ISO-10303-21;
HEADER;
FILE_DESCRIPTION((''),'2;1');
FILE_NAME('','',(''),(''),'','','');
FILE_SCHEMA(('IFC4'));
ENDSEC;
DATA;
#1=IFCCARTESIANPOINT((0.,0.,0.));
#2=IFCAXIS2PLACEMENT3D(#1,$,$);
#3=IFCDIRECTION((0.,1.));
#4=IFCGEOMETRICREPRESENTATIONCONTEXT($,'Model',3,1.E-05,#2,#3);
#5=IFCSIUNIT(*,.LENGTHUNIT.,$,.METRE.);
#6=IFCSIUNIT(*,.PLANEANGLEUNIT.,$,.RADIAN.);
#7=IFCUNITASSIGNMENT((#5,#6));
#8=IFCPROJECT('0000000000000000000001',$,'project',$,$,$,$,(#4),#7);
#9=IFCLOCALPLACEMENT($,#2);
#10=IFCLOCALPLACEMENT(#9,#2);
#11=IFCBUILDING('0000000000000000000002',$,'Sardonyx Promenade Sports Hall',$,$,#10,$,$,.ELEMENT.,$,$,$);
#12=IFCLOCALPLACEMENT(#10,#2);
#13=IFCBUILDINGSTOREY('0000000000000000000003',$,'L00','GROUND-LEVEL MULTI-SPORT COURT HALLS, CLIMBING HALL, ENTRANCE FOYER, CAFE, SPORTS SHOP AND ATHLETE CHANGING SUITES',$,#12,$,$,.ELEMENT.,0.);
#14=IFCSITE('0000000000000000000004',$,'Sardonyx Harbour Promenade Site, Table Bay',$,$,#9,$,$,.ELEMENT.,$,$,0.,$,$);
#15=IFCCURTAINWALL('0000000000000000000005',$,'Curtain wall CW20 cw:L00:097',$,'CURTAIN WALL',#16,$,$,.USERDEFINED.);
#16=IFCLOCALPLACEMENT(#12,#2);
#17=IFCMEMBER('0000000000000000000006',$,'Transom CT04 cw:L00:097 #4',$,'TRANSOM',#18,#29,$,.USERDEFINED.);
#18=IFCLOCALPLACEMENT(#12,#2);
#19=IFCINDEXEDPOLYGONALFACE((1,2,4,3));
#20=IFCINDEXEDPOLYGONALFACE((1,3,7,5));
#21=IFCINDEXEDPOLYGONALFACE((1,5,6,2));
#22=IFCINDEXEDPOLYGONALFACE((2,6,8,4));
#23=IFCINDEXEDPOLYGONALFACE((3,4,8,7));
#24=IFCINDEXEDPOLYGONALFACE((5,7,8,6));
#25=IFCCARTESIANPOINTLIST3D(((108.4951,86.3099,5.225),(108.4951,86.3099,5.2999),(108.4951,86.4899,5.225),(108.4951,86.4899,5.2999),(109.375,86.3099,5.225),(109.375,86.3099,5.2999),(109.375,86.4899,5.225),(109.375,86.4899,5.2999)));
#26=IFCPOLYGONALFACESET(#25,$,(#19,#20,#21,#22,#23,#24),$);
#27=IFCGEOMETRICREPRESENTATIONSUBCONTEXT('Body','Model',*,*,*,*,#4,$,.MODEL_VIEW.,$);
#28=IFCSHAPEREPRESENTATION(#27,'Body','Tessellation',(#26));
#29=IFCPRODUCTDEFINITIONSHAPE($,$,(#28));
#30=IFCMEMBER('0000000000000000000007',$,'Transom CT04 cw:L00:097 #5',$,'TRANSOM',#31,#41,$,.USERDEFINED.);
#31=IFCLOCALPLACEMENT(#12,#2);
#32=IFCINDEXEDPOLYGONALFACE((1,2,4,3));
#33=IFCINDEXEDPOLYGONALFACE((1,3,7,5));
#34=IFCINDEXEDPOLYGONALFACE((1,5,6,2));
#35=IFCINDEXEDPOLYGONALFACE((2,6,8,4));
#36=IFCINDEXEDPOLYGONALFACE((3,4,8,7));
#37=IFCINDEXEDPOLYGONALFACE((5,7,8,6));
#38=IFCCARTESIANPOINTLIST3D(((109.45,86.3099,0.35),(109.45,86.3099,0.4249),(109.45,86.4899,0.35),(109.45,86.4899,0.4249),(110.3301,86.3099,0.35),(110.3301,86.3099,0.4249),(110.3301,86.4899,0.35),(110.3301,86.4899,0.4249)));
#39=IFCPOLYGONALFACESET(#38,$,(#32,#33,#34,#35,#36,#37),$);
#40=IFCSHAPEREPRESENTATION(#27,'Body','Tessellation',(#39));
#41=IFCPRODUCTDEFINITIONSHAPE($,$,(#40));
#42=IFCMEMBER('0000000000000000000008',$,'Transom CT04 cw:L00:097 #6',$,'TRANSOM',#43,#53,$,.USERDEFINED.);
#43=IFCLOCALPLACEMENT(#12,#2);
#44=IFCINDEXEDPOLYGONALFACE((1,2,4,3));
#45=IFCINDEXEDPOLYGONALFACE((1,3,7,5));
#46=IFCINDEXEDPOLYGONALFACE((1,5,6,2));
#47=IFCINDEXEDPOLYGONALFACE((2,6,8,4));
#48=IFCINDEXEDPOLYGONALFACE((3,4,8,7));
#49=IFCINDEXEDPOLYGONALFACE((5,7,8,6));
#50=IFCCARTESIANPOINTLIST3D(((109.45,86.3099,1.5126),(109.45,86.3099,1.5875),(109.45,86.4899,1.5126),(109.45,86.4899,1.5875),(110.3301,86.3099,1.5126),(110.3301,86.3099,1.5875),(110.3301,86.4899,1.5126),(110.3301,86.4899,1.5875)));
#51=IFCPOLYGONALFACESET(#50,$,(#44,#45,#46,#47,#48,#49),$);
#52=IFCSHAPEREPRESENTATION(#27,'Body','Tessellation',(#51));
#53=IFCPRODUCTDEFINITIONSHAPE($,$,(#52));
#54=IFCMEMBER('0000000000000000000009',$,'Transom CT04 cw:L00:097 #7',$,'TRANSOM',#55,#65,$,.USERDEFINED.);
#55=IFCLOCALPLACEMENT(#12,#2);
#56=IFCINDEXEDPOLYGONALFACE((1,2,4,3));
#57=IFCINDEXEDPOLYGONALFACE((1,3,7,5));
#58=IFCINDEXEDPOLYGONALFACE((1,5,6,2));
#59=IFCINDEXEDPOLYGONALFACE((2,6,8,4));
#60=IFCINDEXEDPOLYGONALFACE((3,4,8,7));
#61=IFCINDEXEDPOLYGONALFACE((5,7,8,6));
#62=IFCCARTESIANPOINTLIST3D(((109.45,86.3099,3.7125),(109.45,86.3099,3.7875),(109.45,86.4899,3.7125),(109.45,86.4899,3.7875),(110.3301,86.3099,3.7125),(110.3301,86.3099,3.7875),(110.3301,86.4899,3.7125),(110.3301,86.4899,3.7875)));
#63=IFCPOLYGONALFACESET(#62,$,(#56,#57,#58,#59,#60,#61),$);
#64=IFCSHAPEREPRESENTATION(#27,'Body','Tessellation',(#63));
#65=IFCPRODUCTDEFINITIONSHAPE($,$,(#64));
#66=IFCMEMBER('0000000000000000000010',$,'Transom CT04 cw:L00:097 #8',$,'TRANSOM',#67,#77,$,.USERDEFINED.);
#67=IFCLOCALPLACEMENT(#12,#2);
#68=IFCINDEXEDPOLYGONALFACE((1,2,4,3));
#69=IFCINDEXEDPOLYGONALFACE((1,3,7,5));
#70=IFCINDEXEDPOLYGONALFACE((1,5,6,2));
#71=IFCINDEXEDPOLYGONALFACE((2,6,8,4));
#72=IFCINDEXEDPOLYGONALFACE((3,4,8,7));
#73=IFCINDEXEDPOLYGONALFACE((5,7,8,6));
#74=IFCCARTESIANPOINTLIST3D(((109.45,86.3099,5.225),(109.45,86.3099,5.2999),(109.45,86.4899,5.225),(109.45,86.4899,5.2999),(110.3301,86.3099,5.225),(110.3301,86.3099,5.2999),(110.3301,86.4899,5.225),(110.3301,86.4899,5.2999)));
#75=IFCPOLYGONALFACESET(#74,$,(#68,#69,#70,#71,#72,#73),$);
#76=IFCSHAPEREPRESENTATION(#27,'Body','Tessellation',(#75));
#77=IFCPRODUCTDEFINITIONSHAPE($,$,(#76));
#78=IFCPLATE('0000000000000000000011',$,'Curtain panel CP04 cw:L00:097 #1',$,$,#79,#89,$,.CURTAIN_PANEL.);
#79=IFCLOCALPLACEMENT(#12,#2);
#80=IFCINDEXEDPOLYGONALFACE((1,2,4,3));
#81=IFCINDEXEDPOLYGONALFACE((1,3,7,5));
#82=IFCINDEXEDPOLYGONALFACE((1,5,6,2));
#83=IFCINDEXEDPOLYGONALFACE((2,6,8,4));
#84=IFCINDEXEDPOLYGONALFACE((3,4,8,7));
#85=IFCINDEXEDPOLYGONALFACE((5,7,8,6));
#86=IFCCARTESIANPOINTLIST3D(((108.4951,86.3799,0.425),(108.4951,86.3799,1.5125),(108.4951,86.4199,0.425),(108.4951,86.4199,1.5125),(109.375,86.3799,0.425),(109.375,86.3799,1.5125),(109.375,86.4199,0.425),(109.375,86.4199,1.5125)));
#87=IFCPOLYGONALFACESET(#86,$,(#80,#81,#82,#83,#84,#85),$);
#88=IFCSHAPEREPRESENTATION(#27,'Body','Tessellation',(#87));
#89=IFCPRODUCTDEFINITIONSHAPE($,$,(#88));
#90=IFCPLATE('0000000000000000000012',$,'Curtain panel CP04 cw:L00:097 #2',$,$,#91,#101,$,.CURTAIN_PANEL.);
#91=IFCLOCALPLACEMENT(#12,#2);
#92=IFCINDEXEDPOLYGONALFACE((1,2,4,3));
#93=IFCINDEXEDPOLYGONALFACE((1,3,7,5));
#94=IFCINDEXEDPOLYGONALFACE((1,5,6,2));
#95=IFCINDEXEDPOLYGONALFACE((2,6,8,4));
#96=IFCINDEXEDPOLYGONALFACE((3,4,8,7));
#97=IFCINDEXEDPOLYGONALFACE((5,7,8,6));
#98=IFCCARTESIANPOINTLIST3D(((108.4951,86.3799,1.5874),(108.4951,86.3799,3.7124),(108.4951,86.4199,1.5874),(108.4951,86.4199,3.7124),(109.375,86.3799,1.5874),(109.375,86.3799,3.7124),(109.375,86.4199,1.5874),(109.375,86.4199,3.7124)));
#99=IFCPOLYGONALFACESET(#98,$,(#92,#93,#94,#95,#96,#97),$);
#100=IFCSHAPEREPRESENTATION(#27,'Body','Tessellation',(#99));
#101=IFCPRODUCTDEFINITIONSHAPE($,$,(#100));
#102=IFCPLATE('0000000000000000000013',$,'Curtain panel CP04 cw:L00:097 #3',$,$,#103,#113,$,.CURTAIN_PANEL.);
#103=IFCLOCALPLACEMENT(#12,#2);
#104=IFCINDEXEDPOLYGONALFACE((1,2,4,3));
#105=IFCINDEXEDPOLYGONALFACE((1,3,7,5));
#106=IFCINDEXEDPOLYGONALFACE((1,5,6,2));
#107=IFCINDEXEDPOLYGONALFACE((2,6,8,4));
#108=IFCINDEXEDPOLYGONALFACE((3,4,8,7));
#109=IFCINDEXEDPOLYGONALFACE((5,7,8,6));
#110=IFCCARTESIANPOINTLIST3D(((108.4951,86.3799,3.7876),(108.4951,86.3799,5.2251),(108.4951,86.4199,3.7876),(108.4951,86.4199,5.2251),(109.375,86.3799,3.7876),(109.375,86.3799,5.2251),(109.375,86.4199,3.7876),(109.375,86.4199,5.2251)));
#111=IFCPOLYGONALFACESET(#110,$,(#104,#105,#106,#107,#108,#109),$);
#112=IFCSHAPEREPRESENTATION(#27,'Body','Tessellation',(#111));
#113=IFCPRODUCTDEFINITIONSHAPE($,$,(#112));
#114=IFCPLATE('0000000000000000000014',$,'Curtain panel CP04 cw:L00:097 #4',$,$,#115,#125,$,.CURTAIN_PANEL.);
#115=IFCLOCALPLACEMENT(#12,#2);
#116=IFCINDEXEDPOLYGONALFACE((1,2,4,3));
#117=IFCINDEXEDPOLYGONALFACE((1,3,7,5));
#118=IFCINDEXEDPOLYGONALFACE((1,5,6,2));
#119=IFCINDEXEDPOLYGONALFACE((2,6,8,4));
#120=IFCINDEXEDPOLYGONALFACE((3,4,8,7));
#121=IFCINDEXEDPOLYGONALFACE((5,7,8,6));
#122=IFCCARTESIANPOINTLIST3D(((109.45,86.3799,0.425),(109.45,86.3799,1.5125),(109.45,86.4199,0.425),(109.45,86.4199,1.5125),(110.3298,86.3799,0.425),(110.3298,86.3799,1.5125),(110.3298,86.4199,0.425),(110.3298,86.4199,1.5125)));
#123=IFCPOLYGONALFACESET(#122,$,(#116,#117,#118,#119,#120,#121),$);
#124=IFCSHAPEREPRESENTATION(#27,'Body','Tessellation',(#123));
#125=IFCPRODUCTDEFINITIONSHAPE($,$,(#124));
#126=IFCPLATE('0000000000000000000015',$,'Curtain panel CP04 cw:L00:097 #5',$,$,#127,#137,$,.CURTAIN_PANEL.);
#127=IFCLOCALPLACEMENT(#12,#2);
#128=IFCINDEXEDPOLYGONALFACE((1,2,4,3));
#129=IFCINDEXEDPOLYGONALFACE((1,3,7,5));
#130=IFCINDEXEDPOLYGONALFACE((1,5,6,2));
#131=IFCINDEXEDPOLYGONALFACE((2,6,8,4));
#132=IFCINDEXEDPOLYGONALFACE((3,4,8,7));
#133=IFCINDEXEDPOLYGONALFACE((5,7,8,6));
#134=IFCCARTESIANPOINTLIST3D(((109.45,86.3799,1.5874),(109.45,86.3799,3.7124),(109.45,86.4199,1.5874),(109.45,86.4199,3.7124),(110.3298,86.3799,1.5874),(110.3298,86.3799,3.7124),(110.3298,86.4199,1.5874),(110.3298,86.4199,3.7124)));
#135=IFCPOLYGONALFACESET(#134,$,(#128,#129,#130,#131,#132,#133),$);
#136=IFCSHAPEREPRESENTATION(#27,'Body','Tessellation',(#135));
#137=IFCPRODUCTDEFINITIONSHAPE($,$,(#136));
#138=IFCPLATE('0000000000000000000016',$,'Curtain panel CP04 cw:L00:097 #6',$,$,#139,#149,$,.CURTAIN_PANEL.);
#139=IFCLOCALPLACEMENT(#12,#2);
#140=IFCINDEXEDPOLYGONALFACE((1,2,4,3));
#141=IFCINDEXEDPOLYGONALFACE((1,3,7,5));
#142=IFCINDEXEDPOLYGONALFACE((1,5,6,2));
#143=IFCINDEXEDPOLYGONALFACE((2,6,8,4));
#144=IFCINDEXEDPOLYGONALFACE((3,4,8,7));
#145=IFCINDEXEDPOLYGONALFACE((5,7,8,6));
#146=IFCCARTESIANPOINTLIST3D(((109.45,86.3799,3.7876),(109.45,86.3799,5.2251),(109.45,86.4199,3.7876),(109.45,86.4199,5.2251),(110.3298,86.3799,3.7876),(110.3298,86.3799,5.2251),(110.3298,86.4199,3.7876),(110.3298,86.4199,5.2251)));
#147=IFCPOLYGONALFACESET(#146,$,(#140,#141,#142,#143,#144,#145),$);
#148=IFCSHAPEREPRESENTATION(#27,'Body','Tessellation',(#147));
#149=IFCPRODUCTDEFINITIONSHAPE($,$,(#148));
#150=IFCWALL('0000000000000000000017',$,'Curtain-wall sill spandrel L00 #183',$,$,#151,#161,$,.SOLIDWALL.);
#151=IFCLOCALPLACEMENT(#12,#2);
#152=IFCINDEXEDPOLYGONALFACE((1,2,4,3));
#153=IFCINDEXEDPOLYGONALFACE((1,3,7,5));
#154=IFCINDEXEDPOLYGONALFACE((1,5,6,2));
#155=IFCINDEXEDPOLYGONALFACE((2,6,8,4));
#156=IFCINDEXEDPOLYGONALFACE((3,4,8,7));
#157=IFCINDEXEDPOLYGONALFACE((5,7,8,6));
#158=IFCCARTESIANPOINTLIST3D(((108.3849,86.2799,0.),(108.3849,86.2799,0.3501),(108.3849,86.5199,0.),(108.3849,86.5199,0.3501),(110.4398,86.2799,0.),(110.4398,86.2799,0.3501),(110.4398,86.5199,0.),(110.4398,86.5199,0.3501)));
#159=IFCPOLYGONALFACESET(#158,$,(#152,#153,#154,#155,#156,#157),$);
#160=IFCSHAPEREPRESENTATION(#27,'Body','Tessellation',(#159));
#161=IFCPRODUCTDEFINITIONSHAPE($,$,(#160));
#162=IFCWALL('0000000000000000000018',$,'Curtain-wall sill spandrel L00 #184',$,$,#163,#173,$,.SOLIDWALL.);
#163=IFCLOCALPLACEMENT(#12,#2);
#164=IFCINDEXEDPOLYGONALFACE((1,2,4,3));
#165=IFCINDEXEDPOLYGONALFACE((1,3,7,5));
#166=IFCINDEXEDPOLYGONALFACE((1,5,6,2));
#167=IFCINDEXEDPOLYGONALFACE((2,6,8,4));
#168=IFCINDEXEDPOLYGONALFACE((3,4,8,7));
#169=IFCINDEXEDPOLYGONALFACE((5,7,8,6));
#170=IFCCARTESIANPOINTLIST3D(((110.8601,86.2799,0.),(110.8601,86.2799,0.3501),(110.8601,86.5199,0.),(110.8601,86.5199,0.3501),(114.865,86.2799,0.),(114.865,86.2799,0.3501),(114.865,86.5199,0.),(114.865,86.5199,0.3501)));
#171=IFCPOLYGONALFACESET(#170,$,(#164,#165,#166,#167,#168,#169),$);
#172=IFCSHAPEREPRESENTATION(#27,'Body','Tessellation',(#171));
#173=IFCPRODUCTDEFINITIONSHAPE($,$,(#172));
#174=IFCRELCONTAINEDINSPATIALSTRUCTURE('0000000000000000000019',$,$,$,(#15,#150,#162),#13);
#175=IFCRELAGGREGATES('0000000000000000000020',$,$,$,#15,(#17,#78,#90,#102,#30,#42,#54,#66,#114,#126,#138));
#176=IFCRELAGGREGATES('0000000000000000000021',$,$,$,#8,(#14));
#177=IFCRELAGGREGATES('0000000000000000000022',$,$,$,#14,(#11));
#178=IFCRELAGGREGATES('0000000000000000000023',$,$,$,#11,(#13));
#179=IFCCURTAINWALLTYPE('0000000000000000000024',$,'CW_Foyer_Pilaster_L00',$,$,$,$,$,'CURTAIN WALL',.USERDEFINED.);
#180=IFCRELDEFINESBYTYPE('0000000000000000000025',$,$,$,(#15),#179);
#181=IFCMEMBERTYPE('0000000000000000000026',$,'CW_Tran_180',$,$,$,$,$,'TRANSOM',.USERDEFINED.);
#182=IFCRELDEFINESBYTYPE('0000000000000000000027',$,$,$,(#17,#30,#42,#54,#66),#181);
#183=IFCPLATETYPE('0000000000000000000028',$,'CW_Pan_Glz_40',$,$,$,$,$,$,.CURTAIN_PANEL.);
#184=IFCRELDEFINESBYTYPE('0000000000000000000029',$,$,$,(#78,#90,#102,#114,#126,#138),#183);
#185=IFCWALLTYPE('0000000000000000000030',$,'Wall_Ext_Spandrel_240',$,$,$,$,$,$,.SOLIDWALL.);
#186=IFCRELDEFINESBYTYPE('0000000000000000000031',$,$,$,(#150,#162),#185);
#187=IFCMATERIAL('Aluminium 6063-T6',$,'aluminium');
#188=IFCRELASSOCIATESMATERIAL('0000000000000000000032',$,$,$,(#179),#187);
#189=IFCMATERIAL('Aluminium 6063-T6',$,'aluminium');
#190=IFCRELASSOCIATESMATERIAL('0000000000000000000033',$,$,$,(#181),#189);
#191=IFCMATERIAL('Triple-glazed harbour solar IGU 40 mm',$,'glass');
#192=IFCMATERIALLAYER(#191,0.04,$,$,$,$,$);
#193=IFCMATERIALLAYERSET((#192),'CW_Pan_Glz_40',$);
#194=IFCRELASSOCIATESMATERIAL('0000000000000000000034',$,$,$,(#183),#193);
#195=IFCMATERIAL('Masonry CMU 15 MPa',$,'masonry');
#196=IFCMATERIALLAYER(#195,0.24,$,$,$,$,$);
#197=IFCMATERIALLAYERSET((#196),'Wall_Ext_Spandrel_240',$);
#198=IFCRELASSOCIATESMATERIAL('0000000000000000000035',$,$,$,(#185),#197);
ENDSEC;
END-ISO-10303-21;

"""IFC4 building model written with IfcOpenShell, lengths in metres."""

from ifc_helpers import new_model, si_unit, direction, frame, frame_2d, origin, origin_2d, place, context, subcontext, project, spatial, rectangle, extrude, material, layer, layer_set, material_profile, profile_set, type_object, element, aggregate, save


model = new_model("IFC4")

# Units and contexts
model_context = context("Model", 3, precision=1e-05, world=origin(), true_north=direction((0.0, 1.0)))
body_context = subcontext(model_context, "Body", "Model", "MODEL_VIEW")
ifc_project = project(units=[si_unit("LENGTHUNIT", "METRE"), si_unit("PLANEANGLEUNIT", "RADIAN")], contexts=[model_context])

# Site, building, storey
site_placement = place(None, origin())
site = spatial("IfcSite", under=ifc_project, at=site_placement, Name="Sardonyx Harbour Promenade Site, Table Bay", CompositionType="ELEMENT", RefElevation=0.0)
building_placement = place(site_placement, origin())
building = spatial("IfcBuilding", under=site, at=building_placement, Name="Sardonyx Promenade Sports Hall", CompositionType="ELEMENT")
storey_placement = place(building_placement, origin())
storey = spatial("IfcBuildingStorey", under=building, at=storey_placement, Name="L00", Description="GROUND-LEVEL MULTI-SPORT COURT HALLS, CLIMBING HALL, ENTRANCE FOYER, CAFE, SPORTS SHOP AND ATHLETE CHANGING SUITES", CompositionType="ELEMENT", Elevation=0.0)

# Curtain wall
ifc_material_1 = material(Name="Aluminium 6063-T6", Category="aluminium")
curtain_wall_type_1 = type_object("IfcCurtainWallType", Name="CW_Foyer_Pilaster_L00", ElementType="CURTAIN WALL", PredefinedType="USERDEFINED", material=ifc_material_1)
curtain_wall_1_placement = place(storey_placement, origin())
curtain_wall_1 = element("IfcCurtainWall", 1, at=curtain_wall_1_placement, inside=storey, type_object=curtain_wall_type_1, Name="Curtain wall CW20 cw:L00:097", ObjectType="CURTAIN WALL", PredefinedType="USERDEFINED")

# Members
ifc_material_2 = material(Name="Aluminium 6063-T6", Category="aluminium")
ifc_material_profile_1 = material_profile(ifc_material_2, rectangle(XDim=0.075, YDim=0.1799, at=origin_2d()))
ifc_profile_set_1 = profile_set([ifc_material_profile_1], Name="Aluminium 6063-T6")
member_type_1 = type_object("IfcMemberType", Name="CW_Tran_180", ElementType="TRANSOM", PredefinedType="USERDEFINED", material=ifc_profile_set_1)
member_1_placement = place(storey_placement, frame((108.4951, 86.3999, 5.2625), z_axis=(1.0, 0.0, 0.0), x_axis=(0.0, 0.0, 1.0)))
member_1 = element("IfcMember", 2, at=member_1_placement, type_object=member_type_1, Name="Transom CT04 cw:L00:097 #4", ObjectType="TRANSOM", PredefinedType="USERDEFINED", context=body_context, shape_type="SweptSolid", body=[
    extrude(rectangle(XDim=0.075, YDim=0.1799, at=origin_2d()), origin(), (0.0, 0.0, 1.0), 0.8799),
])
member_2_placement = place(storey_placement, frame((109.45, 86.3999, 0.3875), z_axis=(1.0, 0.0, 0.0), x_axis=(0.0, 0.0, 1.0)))
member_2 = element("IfcMember", 3, at=member_2_placement, type_object=member_type_1, Name="Transom CT04 cw:L00:097 #5", ObjectType="TRANSOM", PredefinedType="USERDEFINED", context=body_context, shape_type="SweptSolid", body=[
    extrude(rectangle(XDim=0.075, YDim=0.1799, at=origin_2d()), origin(), (0.0, 0.0, 1.0), 0.8801),
])
member_3_placement = place(storey_placement, frame((109.45, 86.3999, 1.55), z_axis=(1.0, 0.0, 0.0), x_axis=(0.0, 0.0, 1.0)))
member_3 = element("IfcMember", 4, at=member_3_placement, type_object=member_type_1, Name="Transom CT04 cw:L00:097 #6", ObjectType="TRANSOM", PredefinedType="USERDEFINED", context=body_context, shape_type="SweptSolid", body=[
    extrude(rectangle(XDim=0.075, YDim=0.1799, at=origin_2d()), origin(), (0.0, 0.0, 1.0), 0.8801),
])
member_4_placement = place(storey_placement, frame((109.45, 86.3999, 3.75), z_axis=(1.0, 0.0, 0.0), x_axis=(0.0, 0.0, 1.0)))
member_4 = element("IfcMember", 5, at=member_4_placement, type_object=member_type_1, Name="Transom CT04 cw:L00:097 #7", ObjectType="TRANSOM", PredefinedType="USERDEFINED", context=body_context, shape_type="SweptSolid", body=[
    extrude(rectangle(XDim=0.075, YDim=0.1799, at=origin_2d()), origin(), (0.0, 0.0, 1.0), 0.8801),
])
member_5_placement = place(storey_placement, frame((109.45, 86.3999, 5.2625), z_axis=(1.0, 0.0, 0.0), x_axis=(0.0, 0.0, 1.0)))
member_5 = element("IfcMember", 6, at=member_5_placement, type_object=member_type_1, Name="Transom CT04 cw:L00:097 #8", ObjectType="TRANSOM", PredefinedType="USERDEFINED", context=body_context, shape_type="SweptSolid", body=[
    extrude(rectangle(XDim=0.075, YDim=0.1799, at=origin_2d()), origin(), (0.0, 0.0, 1.0), 0.8801),
])

# Plates
ifc_material_3 = material(Name="Triple-glazed harbour solar IGU 40 mm", Category="glass")
ifc_layer_1 = layer(ifc_material_3, 0.04)
ifc_layer_set_1 = layer_set([ifc_layer_1], Name="CW_Pan_Glz_40")
plate_type = type_object("IfcPlateType", Name="CW_Pan_Glz_40", PredefinedType="CURTAIN_PANEL", material=ifc_layer_set_1)
plate_1_placement = place(storey_placement, frame((108.9351, 86.3999, 0.425), z_axis=(0.0, 0.0, 1.0), x_axis=(1.0, 0.0, 0.0)))
plate_1 = element("IfcPlate", 7, at=plate_1_placement, type_object=plate_type, Name="Curtain panel CP04 cw:L00:097 #1", PredefinedType="CURTAIN_PANEL", context=body_context, shape_type="SweptSolid", body=[
    extrude(rectangle(XDim=0.8799, YDim=0.04, at=origin_2d()), origin(), (0.0, 0.0, 1.0), 1.0874),
])
plate_2_placement = place(storey_placement, frame((108.9351, 86.3999, 1.5874), z_axis=(0.0, 0.0, 1.0), x_axis=(1.0, 0.0, 0.0)))
plate_2 = element("IfcPlate", 8, at=plate_2_placement, type_object=plate_type, Name="Curtain panel CP04 cw:L00:097 #2", PredefinedType="CURTAIN_PANEL", context=body_context, shape_type="SweptSolid", body=[
    extrude(rectangle(XDim=0.8799, YDim=0.04, at=origin_2d()), origin(), (0.0, 0.0, 1.0), 2.125),
])
plate_3_placement = place(storey_placement, frame((108.9351, 86.3999, 3.7876), z_axis=(0.0, 0.0, 1.0), x_axis=(1.0, 0.0, 0.0)))
plate_3 = element("IfcPlate", 9, at=plate_3_placement, type_object=plate_type, Name="Curtain panel CP04 cw:L00:097 #3", PredefinedType="CURTAIN_PANEL", context=body_context, shape_type="SweptSolid", body=[
    extrude(rectangle(XDim=0.8799, YDim=0.04, at=origin_2d()), origin(), (0.0, 0.0, 1.0), 1.4375),
])
plate_4_placement = place(storey_placement, frame((109.8899, 86.3999, 0.425), z_axis=(0.0, 0.0, 1.0), x_axis=(1.0, 0.0, 0.0)))
plate_4 = element("IfcPlate", 10, at=plate_4_placement, type_object=plate_type, Name="Curtain panel CP04 cw:L00:097 #4", PredefinedType="CURTAIN_PANEL", context=body_context, shape_type="SweptSolid", body=[
    extrude(rectangle(XDim=0.8799, YDim=0.04, at=origin_2d()), origin(), (0.0, 0.0, 1.0), 1.0874),
])
plate_5_placement = place(storey_placement, frame((109.8899, 86.3999, 1.5874), z_axis=(0.0, 0.0, 1.0), x_axis=(1.0, 0.0, 0.0)))
plate_5 = element("IfcPlate", 11, at=plate_5_placement, type_object=plate_type, Name="Curtain panel CP04 cw:L00:097 #5", PredefinedType="CURTAIN_PANEL", context=body_context, shape_type="SweptSolid", body=[
    extrude(rectangle(XDim=0.8799, YDim=0.04, at=origin_2d()), origin(), (0.0, 0.0, 1.0), 2.125),
])
plate_6_placement = place(storey_placement, frame((109.8899, 86.3999, 3.7876), z_axis=(0.0, 0.0, 1.0), x_axis=(1.0, 0.0, 0.0)))
plate_6 = element("IfcPlate", 12, at=plate_6_placement, type_object=plate_type, Name="Curtain panel CP04 cw:L00:097 #6", PredefinedType="CURTAIN_PANEL", context=body_context, shape_type="SweptSolid", body=[
    extrude(rectangle(XDim=0.8799, YDim=0.04, at=origin_2d()), origin(), (0.0, 0.0, 1.0), 1.4375),
])
aggregate(curtain_wall_1, [member_1, plate_1, plate_2, plate_3, member_2, member_3, member_4, member_5, plate_4, plate_5, plate_6])

# Walls
ifc_material_4 = material(Name="Masonry CMU 15 MPa", Category="masonry")
ifc_layer_2 = layer(ifc_material_4, 0.24)
ifc_layer_set_2 = layer_set([ifc_layer_2], Name="Wall_Ext_Spandrel_240")
wall_type = type_object("IfcWallType", Name="Wall_Ext_Spandrel_240", PredefinedType="SOLIDWALL", material=ifc_layer_set_2)
wall_1_placement = place(storey_placement, frame((108.385, 86.3999, 0.0), z_axis=(0.0, 0.0, 1.0), x_axis=(1.0, 0.0, 0.0)))
element("IfcWall", 13, at=wall_1_placement, inside=storey, type_object=wall_type, Name="Curtain-wall sill spandrel L00 #183", PredefinedType="SOLIDWALL", context=body_context, shape_type="SweptSolid", body=[
    extrude(rectangle(XDim=2.0549, YDim=0.24, at=frame_2d((1.0273, 0.0))), origin(), (0.0, 0.0, 1.0), 0.3501),
])
wall_2_placement = place(storey_placement, frame((110.8601, 86.3999, 0.0), z_axis=(0.0, 0.0, 1.0), x_axis=(1.0, 0.0, 0.0)))
element("IfcWall", 14, at=wall_2_placement, inside=storey, type_object=wall_type, Name="Curtain-wall sill spandrel L00 #184", PredefinedType="SOLIDWALL", context=body_context, shape_type="SweptSolid", body=[
    extrude(rectangle(XDim=4.0049, YDim=0.24, at=frame_2d((2.0024, 0.0))), origin(), (0.0, 0.0, 1.0), 0.3501),
])

save(model, "model.ifc")
